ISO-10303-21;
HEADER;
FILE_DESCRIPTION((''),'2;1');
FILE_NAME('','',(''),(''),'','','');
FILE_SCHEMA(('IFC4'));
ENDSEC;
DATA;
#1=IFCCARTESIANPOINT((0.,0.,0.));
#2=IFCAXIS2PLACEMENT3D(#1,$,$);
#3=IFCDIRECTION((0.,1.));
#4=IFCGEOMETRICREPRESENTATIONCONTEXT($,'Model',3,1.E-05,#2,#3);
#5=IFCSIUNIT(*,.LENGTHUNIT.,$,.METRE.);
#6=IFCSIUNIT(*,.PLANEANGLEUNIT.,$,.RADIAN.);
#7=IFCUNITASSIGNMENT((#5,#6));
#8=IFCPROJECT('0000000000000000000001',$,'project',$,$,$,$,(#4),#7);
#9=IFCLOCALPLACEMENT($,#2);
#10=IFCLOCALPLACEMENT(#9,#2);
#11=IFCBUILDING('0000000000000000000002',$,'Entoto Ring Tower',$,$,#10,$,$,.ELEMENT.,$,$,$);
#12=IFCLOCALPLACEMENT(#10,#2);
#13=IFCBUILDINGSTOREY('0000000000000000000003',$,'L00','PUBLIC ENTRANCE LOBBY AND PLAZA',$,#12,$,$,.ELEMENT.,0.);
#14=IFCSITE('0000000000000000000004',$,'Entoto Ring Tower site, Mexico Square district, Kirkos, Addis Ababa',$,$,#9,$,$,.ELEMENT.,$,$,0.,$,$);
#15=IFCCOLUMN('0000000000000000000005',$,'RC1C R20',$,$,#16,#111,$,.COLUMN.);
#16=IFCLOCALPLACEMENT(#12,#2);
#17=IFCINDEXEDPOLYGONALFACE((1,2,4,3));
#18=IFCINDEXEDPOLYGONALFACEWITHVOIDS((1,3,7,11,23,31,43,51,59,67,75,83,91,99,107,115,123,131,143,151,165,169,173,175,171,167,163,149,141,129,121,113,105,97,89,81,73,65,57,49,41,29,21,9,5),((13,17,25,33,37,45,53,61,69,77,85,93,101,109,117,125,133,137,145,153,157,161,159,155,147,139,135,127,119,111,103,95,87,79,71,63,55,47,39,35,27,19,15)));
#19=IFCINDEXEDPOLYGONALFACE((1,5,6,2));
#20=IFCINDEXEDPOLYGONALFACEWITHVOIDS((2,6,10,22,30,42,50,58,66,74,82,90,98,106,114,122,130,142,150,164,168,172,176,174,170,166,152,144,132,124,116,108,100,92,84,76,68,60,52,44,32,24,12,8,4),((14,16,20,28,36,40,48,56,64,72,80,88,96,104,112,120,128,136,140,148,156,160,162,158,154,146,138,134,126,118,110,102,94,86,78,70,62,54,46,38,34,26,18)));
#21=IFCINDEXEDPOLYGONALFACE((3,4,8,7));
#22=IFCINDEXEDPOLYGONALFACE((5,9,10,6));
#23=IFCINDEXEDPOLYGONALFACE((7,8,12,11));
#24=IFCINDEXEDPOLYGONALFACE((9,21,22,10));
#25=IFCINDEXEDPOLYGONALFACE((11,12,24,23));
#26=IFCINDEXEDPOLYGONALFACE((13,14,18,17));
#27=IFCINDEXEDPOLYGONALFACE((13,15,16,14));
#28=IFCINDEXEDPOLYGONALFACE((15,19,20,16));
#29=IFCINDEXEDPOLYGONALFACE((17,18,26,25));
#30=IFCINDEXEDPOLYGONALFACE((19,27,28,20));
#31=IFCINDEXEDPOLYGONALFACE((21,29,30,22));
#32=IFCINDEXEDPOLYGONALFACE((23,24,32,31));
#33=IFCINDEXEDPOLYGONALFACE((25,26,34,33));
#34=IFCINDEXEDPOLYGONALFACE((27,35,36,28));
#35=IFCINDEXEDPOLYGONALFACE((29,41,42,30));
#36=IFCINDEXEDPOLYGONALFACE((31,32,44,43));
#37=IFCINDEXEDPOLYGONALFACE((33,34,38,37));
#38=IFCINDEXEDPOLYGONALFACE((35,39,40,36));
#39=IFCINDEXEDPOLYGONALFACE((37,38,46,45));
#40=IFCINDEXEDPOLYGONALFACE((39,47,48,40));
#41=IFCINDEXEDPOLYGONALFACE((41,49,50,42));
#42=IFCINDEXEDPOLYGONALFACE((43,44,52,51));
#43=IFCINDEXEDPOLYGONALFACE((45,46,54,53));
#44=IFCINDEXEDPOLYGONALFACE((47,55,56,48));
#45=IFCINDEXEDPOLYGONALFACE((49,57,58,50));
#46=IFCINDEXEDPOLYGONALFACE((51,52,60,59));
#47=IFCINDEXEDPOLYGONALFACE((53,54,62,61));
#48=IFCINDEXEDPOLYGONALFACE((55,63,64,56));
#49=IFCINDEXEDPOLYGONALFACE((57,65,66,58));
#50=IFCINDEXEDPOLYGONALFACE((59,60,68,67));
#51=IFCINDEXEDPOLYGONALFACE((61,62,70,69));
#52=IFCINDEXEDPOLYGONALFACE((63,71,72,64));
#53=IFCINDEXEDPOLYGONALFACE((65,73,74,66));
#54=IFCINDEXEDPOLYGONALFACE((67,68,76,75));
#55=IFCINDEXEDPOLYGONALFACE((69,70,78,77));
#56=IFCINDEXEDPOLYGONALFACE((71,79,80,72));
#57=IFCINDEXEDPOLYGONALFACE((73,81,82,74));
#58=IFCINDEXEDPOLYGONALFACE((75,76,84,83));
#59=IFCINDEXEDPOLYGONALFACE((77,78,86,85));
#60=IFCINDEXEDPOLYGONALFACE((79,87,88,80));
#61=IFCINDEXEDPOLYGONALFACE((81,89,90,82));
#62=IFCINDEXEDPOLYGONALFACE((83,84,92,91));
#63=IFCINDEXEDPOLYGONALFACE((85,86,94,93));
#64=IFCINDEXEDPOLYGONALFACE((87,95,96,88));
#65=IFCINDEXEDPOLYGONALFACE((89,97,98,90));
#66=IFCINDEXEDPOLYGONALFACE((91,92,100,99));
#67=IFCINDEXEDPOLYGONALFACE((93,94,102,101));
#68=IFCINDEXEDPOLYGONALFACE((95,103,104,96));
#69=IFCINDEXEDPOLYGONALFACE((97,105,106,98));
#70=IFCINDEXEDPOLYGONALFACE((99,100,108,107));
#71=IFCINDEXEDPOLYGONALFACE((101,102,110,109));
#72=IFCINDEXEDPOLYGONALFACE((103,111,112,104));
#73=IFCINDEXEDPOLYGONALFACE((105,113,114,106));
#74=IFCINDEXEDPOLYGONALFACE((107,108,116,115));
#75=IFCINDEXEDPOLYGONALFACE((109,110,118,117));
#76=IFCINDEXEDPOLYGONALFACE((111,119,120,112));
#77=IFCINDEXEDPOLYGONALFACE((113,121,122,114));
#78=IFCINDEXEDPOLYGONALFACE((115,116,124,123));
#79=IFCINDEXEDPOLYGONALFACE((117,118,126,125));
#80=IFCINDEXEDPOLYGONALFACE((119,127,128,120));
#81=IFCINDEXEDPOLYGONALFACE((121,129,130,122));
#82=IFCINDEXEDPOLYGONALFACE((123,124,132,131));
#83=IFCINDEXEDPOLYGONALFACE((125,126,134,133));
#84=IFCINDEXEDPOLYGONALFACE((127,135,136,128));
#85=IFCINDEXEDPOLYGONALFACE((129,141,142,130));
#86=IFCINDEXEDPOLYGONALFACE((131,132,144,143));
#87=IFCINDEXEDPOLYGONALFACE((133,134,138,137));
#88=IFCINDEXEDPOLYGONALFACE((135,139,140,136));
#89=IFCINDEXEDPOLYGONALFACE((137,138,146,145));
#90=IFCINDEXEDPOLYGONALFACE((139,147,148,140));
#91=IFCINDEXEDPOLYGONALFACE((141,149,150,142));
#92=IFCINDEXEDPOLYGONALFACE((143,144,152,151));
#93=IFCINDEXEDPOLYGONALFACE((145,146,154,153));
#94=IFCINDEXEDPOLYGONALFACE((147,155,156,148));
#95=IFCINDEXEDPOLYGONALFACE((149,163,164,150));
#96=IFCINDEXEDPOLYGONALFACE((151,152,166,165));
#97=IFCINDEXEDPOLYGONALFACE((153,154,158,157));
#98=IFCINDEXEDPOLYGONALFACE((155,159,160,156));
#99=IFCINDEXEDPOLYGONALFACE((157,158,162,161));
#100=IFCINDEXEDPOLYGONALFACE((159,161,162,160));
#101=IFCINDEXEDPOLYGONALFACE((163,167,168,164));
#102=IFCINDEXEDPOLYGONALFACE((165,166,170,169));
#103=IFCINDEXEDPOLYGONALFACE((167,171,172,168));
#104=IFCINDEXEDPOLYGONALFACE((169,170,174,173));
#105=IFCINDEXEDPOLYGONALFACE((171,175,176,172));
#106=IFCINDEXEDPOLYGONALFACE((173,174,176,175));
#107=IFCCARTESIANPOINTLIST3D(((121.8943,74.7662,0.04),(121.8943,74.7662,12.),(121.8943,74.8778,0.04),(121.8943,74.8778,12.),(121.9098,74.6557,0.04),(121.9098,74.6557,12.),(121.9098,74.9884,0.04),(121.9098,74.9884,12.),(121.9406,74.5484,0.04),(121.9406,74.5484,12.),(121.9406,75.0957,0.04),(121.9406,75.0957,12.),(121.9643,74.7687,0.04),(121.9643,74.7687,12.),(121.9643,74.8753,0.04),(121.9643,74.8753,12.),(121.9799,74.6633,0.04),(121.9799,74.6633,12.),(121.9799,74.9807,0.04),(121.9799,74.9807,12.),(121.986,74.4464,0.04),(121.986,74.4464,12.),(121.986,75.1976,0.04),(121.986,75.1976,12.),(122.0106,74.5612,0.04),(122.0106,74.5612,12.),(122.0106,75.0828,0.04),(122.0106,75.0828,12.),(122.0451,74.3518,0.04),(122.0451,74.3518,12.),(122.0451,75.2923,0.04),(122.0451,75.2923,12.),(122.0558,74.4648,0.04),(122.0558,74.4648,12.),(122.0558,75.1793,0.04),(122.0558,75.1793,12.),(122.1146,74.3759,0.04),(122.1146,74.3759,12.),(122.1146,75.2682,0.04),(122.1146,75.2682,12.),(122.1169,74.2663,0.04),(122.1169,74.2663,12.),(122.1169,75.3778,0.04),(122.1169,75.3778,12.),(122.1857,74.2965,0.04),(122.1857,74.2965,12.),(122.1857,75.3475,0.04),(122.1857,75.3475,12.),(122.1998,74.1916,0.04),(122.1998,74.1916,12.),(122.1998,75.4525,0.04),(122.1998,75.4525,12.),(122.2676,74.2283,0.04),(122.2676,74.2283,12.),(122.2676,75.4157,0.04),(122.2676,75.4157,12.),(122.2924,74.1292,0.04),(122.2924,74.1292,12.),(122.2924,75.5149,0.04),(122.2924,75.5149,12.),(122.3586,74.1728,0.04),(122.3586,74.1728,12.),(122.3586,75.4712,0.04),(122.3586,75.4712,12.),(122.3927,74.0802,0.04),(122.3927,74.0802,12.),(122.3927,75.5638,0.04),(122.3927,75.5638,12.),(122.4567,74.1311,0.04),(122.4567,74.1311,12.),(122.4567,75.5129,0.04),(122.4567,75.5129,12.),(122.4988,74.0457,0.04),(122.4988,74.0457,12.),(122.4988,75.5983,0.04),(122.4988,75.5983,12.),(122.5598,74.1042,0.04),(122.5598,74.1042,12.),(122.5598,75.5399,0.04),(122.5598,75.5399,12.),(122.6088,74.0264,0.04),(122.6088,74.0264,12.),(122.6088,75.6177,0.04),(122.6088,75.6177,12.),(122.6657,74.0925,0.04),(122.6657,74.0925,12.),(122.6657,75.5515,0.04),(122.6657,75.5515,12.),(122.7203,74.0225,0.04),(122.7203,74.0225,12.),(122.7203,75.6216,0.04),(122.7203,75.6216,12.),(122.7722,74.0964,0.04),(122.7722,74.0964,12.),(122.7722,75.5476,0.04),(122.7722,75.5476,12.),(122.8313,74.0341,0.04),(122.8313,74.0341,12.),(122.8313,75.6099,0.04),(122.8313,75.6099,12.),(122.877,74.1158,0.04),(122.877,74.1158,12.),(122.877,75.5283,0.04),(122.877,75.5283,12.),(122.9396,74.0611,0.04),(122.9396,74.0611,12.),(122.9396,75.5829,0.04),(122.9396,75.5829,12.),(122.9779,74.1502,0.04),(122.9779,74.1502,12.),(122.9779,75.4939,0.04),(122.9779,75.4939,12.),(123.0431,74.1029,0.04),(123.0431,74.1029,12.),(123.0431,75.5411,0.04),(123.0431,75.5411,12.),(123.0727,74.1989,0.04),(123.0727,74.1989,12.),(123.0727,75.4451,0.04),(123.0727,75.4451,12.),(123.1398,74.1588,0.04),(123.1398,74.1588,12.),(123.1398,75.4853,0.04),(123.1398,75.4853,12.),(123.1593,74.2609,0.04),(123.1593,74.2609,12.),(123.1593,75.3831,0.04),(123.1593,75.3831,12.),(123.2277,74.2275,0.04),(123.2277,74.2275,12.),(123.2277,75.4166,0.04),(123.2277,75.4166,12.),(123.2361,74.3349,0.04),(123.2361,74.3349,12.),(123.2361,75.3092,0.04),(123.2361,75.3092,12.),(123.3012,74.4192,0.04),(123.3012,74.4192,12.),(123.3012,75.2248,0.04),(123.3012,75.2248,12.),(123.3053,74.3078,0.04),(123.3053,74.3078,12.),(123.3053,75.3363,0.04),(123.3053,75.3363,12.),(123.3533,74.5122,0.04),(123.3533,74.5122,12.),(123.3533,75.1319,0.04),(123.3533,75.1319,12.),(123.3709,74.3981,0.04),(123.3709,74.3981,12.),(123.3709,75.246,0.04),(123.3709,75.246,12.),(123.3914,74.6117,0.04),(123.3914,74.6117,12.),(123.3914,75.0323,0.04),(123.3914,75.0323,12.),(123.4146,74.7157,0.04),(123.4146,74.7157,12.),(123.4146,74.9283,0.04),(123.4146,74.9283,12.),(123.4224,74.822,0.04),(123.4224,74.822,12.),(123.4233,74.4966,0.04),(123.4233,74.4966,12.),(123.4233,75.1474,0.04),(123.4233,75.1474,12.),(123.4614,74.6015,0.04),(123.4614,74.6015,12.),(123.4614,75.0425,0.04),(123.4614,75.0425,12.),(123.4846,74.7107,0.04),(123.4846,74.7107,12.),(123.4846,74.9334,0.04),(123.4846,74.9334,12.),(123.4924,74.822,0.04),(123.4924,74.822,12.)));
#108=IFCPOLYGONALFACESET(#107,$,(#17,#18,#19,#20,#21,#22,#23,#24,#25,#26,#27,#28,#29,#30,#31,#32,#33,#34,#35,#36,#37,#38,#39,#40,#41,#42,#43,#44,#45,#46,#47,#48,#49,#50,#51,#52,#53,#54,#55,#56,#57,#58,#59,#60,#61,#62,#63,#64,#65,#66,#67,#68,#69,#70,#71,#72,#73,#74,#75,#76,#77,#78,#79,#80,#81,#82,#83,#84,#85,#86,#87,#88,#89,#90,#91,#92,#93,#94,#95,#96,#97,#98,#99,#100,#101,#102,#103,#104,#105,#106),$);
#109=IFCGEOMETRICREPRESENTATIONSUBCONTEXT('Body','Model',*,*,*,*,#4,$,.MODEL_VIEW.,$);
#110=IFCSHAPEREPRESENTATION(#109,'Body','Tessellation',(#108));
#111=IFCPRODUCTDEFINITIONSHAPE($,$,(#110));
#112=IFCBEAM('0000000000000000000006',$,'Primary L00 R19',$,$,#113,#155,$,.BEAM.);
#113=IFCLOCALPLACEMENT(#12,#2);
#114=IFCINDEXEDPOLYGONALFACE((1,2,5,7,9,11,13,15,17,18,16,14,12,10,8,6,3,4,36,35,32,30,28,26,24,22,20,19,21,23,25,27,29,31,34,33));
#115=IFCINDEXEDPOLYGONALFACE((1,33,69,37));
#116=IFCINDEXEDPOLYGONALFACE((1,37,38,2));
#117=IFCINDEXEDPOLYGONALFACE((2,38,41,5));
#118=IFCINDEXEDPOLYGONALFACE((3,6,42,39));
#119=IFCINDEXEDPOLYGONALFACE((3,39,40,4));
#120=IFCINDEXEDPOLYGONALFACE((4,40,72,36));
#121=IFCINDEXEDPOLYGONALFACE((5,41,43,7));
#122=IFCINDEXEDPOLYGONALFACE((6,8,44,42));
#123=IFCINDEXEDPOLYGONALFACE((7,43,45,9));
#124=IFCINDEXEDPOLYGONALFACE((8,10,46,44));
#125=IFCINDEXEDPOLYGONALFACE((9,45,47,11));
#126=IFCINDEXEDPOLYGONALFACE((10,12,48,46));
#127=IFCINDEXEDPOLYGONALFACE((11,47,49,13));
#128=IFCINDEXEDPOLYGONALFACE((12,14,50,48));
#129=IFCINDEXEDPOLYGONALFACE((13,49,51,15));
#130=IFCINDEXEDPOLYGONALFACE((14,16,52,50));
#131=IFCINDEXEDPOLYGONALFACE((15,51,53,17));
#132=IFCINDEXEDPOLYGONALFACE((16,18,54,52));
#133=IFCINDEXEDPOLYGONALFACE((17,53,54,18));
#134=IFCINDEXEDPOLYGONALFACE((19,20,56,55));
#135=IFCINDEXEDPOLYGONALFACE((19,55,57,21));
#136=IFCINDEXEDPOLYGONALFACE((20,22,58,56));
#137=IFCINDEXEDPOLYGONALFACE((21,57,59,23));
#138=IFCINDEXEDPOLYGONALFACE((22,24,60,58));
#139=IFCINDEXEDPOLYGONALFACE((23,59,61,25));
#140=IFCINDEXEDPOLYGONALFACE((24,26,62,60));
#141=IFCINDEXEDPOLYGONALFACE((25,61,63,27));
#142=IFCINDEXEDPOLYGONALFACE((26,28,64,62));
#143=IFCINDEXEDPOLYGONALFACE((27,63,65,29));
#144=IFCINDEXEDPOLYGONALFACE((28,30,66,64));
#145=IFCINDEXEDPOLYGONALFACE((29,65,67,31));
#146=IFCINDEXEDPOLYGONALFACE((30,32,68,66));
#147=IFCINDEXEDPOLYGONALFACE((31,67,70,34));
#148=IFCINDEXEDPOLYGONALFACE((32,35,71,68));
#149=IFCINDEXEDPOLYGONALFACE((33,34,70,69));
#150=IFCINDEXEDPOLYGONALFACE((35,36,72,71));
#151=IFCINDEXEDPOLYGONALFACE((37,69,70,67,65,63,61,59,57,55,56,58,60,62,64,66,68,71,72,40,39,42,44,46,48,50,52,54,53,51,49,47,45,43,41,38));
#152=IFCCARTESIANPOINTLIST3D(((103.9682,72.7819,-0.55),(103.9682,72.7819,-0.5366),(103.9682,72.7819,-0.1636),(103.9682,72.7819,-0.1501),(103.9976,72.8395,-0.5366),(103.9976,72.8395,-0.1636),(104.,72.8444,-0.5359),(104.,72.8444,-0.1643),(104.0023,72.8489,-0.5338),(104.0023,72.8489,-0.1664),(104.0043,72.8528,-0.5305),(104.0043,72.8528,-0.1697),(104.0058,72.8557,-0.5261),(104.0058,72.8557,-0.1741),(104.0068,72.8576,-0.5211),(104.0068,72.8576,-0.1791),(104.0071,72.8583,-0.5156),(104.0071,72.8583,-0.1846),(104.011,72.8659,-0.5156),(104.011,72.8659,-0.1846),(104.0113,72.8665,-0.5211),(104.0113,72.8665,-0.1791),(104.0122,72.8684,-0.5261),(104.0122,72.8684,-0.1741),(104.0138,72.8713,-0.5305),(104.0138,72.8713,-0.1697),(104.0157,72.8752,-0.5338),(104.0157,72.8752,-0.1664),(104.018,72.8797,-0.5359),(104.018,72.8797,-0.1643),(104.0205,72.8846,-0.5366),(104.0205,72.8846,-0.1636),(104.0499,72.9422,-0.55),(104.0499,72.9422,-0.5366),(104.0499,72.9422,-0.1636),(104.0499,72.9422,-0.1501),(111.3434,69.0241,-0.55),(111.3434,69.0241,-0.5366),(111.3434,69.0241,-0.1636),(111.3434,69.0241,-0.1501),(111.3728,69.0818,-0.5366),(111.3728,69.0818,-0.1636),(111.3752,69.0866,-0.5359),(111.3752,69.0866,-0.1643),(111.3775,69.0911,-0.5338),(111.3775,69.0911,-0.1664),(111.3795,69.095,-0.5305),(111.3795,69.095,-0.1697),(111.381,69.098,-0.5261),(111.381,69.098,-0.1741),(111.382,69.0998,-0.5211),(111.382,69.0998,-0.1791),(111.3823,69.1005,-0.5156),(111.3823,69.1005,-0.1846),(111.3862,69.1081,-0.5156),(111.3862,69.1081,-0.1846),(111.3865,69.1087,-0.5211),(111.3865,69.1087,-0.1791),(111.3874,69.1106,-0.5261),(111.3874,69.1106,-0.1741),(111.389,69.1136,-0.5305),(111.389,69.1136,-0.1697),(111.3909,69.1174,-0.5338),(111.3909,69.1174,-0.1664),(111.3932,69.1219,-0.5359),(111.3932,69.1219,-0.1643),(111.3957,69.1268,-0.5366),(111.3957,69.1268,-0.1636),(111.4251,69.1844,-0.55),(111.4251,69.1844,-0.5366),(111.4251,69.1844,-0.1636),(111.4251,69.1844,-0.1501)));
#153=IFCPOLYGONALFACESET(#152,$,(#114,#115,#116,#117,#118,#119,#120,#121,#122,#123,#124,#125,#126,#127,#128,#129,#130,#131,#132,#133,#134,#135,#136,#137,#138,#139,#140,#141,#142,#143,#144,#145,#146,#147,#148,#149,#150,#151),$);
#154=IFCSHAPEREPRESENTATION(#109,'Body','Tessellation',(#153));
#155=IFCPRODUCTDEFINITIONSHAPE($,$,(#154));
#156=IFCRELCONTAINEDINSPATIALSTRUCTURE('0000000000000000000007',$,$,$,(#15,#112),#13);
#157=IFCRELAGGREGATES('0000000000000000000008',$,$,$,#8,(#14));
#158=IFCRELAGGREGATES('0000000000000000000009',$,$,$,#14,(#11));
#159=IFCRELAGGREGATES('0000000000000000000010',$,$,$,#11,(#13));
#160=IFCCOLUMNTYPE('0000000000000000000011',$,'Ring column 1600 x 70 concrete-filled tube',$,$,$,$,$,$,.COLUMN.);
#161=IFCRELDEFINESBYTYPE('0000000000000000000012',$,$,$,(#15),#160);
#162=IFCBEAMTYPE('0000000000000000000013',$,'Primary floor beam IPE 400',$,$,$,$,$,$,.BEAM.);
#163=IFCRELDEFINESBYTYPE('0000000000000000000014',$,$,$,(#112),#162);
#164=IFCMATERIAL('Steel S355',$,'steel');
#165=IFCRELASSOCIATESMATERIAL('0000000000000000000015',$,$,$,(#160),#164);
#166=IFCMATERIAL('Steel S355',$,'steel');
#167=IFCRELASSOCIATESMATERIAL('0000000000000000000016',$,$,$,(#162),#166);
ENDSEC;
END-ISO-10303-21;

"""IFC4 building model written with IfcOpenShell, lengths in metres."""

from ifc_helpers import new_model, si_unit, direction, frame, origin, origin_2d, place, context, subcontext, project, spatial, circle, hollow_circle, i_section, extrude, material, material_profile, profile_set, type_object, element, save


model = new_model("IFC4")

# Units and contexts
model_context = context("Model", 3, precision=1e-05, world=origin(), true_north=direction((0.0, 1.0)))
body_context = subcontext(model_context, "Body", "Model", "MODEL_VIEW")
ifc_project = project(units=[si_unit("LENGTHUNIT", "METRE"), si_unit("PLANEANGLEUNIT", "RADIAN")], contexts=[model_context])

# Site, building, storey
site_placement = place(None, origin())
site = spatial("IfcSite", under=ifc_project, at=site_placement, Name="Entoto Ring Tower site, Mexico Square district, Kirkos, Addis Ababa", CompositionType="ELEMENT", RefElevation=0.0)
building_placement = place(site_placement, origin())
building = spatial("IfcBuilding", under=site, at=building_placement, Name="Entoto Ring Tower", CompositionType="ELEMENT")
storey_placement = place(building_placement, origin())
storey = spatial("IfcBuildingStorey", under=building, at=storey_placement, Name="L00", Description="PUBLIC ENTRANCE LOBBY AND PLAZA", CompositionType="ELEMENT", Elevation=0.0)

# Column
ifc_material_1 = material(Name="Steel S355", Category="steel")
ifc_material_profile_1 = material_profile(ifc_material_1, hollow_circle(Radius=0.8, WallThickness=0.0701, at=origin_2d()), Name="CHS 1600 x 70")
ifc_material_2 = material(Name="Concrete C60/75", Category="concrete")
ifc_material_profile_2 = material_profile(ifc_material_2, circle(Radius=0.73, at=origin_2d()), Name="Concrete C60/75 infill")
ifc_profile_set_1 = profile_set([ifc_material_profile_1, ifc_material_profile_2], Name="Steel S355")
column_type = type_object("IfcColumnType", Name="Ring column 1600 x 70 concrete-filled tube", PredefinedType="COLUMN", material=ifc_profile_set_1)
column_placement = place(storey_placement, frame((122.6924, 74.822, 0.04), z_axis=(0.0, 0.0, 1.0), x_axis=(1.0, 0.0, 0.0)))
element("IfcColumn", 1, at=column_placement, inside=storey, type_object=column_type, Name="RC1C R20", PredefinedType="COLUMN", context=body_context, shape_type="SweptSolid", body=[
    extrude(hollow_circle(Radius=0.8, WallThickness=0.0701, at=origin_2d()), origin(), (0.0, 0.0, 1.0), 11.96),
])

# Beam
ifc_material_3 = material(Name="Steel S355", Category="steel")
ifc_material_profile_3 = material_profile(ifc_material_3, i_section(OverallWidth=0.1799, OverallDepth=0.3999, WebThickness=0.0085, FlangeThickness=0.0134, FilletRadius=0.021, at=origin_2d()), Name="IPE 400")
ifc_profile_set_2 = profile_set([ifc_material_profile_3], Name="Steel S355")
beam_type_1 = type_object("IfcBeamType", Name="Primary floor beam IPE 400", PredefinedType="BEAM", material=ifc_profile_set_2)
beam_1_placement = place(storey_placement, frame((104.009, 72.8621, -0.3501), z_axis=(0.89101, -0.453985, 0.0), x_axis=(0.453985, 0.89101, 0.0)))
element("IfcBeam", 2, at=beam_1_placement, inside=storey, type_object=beam_type_1, Name="Primary L00 R19", PredefinedType="BEAM", context=body_context, shape_type="SweptSolid", body=[
    extrude(i_section(OverallWidth=0.1799, OverallDepth=0.3999, WebThickness=0.0085, FlangeThickness=0.0134, FilletRadius=0.021, at=origin_2d()), origin(), (0.0, 0.0, 1.0), 8.2773),
])

save(model, "model.ifc")
